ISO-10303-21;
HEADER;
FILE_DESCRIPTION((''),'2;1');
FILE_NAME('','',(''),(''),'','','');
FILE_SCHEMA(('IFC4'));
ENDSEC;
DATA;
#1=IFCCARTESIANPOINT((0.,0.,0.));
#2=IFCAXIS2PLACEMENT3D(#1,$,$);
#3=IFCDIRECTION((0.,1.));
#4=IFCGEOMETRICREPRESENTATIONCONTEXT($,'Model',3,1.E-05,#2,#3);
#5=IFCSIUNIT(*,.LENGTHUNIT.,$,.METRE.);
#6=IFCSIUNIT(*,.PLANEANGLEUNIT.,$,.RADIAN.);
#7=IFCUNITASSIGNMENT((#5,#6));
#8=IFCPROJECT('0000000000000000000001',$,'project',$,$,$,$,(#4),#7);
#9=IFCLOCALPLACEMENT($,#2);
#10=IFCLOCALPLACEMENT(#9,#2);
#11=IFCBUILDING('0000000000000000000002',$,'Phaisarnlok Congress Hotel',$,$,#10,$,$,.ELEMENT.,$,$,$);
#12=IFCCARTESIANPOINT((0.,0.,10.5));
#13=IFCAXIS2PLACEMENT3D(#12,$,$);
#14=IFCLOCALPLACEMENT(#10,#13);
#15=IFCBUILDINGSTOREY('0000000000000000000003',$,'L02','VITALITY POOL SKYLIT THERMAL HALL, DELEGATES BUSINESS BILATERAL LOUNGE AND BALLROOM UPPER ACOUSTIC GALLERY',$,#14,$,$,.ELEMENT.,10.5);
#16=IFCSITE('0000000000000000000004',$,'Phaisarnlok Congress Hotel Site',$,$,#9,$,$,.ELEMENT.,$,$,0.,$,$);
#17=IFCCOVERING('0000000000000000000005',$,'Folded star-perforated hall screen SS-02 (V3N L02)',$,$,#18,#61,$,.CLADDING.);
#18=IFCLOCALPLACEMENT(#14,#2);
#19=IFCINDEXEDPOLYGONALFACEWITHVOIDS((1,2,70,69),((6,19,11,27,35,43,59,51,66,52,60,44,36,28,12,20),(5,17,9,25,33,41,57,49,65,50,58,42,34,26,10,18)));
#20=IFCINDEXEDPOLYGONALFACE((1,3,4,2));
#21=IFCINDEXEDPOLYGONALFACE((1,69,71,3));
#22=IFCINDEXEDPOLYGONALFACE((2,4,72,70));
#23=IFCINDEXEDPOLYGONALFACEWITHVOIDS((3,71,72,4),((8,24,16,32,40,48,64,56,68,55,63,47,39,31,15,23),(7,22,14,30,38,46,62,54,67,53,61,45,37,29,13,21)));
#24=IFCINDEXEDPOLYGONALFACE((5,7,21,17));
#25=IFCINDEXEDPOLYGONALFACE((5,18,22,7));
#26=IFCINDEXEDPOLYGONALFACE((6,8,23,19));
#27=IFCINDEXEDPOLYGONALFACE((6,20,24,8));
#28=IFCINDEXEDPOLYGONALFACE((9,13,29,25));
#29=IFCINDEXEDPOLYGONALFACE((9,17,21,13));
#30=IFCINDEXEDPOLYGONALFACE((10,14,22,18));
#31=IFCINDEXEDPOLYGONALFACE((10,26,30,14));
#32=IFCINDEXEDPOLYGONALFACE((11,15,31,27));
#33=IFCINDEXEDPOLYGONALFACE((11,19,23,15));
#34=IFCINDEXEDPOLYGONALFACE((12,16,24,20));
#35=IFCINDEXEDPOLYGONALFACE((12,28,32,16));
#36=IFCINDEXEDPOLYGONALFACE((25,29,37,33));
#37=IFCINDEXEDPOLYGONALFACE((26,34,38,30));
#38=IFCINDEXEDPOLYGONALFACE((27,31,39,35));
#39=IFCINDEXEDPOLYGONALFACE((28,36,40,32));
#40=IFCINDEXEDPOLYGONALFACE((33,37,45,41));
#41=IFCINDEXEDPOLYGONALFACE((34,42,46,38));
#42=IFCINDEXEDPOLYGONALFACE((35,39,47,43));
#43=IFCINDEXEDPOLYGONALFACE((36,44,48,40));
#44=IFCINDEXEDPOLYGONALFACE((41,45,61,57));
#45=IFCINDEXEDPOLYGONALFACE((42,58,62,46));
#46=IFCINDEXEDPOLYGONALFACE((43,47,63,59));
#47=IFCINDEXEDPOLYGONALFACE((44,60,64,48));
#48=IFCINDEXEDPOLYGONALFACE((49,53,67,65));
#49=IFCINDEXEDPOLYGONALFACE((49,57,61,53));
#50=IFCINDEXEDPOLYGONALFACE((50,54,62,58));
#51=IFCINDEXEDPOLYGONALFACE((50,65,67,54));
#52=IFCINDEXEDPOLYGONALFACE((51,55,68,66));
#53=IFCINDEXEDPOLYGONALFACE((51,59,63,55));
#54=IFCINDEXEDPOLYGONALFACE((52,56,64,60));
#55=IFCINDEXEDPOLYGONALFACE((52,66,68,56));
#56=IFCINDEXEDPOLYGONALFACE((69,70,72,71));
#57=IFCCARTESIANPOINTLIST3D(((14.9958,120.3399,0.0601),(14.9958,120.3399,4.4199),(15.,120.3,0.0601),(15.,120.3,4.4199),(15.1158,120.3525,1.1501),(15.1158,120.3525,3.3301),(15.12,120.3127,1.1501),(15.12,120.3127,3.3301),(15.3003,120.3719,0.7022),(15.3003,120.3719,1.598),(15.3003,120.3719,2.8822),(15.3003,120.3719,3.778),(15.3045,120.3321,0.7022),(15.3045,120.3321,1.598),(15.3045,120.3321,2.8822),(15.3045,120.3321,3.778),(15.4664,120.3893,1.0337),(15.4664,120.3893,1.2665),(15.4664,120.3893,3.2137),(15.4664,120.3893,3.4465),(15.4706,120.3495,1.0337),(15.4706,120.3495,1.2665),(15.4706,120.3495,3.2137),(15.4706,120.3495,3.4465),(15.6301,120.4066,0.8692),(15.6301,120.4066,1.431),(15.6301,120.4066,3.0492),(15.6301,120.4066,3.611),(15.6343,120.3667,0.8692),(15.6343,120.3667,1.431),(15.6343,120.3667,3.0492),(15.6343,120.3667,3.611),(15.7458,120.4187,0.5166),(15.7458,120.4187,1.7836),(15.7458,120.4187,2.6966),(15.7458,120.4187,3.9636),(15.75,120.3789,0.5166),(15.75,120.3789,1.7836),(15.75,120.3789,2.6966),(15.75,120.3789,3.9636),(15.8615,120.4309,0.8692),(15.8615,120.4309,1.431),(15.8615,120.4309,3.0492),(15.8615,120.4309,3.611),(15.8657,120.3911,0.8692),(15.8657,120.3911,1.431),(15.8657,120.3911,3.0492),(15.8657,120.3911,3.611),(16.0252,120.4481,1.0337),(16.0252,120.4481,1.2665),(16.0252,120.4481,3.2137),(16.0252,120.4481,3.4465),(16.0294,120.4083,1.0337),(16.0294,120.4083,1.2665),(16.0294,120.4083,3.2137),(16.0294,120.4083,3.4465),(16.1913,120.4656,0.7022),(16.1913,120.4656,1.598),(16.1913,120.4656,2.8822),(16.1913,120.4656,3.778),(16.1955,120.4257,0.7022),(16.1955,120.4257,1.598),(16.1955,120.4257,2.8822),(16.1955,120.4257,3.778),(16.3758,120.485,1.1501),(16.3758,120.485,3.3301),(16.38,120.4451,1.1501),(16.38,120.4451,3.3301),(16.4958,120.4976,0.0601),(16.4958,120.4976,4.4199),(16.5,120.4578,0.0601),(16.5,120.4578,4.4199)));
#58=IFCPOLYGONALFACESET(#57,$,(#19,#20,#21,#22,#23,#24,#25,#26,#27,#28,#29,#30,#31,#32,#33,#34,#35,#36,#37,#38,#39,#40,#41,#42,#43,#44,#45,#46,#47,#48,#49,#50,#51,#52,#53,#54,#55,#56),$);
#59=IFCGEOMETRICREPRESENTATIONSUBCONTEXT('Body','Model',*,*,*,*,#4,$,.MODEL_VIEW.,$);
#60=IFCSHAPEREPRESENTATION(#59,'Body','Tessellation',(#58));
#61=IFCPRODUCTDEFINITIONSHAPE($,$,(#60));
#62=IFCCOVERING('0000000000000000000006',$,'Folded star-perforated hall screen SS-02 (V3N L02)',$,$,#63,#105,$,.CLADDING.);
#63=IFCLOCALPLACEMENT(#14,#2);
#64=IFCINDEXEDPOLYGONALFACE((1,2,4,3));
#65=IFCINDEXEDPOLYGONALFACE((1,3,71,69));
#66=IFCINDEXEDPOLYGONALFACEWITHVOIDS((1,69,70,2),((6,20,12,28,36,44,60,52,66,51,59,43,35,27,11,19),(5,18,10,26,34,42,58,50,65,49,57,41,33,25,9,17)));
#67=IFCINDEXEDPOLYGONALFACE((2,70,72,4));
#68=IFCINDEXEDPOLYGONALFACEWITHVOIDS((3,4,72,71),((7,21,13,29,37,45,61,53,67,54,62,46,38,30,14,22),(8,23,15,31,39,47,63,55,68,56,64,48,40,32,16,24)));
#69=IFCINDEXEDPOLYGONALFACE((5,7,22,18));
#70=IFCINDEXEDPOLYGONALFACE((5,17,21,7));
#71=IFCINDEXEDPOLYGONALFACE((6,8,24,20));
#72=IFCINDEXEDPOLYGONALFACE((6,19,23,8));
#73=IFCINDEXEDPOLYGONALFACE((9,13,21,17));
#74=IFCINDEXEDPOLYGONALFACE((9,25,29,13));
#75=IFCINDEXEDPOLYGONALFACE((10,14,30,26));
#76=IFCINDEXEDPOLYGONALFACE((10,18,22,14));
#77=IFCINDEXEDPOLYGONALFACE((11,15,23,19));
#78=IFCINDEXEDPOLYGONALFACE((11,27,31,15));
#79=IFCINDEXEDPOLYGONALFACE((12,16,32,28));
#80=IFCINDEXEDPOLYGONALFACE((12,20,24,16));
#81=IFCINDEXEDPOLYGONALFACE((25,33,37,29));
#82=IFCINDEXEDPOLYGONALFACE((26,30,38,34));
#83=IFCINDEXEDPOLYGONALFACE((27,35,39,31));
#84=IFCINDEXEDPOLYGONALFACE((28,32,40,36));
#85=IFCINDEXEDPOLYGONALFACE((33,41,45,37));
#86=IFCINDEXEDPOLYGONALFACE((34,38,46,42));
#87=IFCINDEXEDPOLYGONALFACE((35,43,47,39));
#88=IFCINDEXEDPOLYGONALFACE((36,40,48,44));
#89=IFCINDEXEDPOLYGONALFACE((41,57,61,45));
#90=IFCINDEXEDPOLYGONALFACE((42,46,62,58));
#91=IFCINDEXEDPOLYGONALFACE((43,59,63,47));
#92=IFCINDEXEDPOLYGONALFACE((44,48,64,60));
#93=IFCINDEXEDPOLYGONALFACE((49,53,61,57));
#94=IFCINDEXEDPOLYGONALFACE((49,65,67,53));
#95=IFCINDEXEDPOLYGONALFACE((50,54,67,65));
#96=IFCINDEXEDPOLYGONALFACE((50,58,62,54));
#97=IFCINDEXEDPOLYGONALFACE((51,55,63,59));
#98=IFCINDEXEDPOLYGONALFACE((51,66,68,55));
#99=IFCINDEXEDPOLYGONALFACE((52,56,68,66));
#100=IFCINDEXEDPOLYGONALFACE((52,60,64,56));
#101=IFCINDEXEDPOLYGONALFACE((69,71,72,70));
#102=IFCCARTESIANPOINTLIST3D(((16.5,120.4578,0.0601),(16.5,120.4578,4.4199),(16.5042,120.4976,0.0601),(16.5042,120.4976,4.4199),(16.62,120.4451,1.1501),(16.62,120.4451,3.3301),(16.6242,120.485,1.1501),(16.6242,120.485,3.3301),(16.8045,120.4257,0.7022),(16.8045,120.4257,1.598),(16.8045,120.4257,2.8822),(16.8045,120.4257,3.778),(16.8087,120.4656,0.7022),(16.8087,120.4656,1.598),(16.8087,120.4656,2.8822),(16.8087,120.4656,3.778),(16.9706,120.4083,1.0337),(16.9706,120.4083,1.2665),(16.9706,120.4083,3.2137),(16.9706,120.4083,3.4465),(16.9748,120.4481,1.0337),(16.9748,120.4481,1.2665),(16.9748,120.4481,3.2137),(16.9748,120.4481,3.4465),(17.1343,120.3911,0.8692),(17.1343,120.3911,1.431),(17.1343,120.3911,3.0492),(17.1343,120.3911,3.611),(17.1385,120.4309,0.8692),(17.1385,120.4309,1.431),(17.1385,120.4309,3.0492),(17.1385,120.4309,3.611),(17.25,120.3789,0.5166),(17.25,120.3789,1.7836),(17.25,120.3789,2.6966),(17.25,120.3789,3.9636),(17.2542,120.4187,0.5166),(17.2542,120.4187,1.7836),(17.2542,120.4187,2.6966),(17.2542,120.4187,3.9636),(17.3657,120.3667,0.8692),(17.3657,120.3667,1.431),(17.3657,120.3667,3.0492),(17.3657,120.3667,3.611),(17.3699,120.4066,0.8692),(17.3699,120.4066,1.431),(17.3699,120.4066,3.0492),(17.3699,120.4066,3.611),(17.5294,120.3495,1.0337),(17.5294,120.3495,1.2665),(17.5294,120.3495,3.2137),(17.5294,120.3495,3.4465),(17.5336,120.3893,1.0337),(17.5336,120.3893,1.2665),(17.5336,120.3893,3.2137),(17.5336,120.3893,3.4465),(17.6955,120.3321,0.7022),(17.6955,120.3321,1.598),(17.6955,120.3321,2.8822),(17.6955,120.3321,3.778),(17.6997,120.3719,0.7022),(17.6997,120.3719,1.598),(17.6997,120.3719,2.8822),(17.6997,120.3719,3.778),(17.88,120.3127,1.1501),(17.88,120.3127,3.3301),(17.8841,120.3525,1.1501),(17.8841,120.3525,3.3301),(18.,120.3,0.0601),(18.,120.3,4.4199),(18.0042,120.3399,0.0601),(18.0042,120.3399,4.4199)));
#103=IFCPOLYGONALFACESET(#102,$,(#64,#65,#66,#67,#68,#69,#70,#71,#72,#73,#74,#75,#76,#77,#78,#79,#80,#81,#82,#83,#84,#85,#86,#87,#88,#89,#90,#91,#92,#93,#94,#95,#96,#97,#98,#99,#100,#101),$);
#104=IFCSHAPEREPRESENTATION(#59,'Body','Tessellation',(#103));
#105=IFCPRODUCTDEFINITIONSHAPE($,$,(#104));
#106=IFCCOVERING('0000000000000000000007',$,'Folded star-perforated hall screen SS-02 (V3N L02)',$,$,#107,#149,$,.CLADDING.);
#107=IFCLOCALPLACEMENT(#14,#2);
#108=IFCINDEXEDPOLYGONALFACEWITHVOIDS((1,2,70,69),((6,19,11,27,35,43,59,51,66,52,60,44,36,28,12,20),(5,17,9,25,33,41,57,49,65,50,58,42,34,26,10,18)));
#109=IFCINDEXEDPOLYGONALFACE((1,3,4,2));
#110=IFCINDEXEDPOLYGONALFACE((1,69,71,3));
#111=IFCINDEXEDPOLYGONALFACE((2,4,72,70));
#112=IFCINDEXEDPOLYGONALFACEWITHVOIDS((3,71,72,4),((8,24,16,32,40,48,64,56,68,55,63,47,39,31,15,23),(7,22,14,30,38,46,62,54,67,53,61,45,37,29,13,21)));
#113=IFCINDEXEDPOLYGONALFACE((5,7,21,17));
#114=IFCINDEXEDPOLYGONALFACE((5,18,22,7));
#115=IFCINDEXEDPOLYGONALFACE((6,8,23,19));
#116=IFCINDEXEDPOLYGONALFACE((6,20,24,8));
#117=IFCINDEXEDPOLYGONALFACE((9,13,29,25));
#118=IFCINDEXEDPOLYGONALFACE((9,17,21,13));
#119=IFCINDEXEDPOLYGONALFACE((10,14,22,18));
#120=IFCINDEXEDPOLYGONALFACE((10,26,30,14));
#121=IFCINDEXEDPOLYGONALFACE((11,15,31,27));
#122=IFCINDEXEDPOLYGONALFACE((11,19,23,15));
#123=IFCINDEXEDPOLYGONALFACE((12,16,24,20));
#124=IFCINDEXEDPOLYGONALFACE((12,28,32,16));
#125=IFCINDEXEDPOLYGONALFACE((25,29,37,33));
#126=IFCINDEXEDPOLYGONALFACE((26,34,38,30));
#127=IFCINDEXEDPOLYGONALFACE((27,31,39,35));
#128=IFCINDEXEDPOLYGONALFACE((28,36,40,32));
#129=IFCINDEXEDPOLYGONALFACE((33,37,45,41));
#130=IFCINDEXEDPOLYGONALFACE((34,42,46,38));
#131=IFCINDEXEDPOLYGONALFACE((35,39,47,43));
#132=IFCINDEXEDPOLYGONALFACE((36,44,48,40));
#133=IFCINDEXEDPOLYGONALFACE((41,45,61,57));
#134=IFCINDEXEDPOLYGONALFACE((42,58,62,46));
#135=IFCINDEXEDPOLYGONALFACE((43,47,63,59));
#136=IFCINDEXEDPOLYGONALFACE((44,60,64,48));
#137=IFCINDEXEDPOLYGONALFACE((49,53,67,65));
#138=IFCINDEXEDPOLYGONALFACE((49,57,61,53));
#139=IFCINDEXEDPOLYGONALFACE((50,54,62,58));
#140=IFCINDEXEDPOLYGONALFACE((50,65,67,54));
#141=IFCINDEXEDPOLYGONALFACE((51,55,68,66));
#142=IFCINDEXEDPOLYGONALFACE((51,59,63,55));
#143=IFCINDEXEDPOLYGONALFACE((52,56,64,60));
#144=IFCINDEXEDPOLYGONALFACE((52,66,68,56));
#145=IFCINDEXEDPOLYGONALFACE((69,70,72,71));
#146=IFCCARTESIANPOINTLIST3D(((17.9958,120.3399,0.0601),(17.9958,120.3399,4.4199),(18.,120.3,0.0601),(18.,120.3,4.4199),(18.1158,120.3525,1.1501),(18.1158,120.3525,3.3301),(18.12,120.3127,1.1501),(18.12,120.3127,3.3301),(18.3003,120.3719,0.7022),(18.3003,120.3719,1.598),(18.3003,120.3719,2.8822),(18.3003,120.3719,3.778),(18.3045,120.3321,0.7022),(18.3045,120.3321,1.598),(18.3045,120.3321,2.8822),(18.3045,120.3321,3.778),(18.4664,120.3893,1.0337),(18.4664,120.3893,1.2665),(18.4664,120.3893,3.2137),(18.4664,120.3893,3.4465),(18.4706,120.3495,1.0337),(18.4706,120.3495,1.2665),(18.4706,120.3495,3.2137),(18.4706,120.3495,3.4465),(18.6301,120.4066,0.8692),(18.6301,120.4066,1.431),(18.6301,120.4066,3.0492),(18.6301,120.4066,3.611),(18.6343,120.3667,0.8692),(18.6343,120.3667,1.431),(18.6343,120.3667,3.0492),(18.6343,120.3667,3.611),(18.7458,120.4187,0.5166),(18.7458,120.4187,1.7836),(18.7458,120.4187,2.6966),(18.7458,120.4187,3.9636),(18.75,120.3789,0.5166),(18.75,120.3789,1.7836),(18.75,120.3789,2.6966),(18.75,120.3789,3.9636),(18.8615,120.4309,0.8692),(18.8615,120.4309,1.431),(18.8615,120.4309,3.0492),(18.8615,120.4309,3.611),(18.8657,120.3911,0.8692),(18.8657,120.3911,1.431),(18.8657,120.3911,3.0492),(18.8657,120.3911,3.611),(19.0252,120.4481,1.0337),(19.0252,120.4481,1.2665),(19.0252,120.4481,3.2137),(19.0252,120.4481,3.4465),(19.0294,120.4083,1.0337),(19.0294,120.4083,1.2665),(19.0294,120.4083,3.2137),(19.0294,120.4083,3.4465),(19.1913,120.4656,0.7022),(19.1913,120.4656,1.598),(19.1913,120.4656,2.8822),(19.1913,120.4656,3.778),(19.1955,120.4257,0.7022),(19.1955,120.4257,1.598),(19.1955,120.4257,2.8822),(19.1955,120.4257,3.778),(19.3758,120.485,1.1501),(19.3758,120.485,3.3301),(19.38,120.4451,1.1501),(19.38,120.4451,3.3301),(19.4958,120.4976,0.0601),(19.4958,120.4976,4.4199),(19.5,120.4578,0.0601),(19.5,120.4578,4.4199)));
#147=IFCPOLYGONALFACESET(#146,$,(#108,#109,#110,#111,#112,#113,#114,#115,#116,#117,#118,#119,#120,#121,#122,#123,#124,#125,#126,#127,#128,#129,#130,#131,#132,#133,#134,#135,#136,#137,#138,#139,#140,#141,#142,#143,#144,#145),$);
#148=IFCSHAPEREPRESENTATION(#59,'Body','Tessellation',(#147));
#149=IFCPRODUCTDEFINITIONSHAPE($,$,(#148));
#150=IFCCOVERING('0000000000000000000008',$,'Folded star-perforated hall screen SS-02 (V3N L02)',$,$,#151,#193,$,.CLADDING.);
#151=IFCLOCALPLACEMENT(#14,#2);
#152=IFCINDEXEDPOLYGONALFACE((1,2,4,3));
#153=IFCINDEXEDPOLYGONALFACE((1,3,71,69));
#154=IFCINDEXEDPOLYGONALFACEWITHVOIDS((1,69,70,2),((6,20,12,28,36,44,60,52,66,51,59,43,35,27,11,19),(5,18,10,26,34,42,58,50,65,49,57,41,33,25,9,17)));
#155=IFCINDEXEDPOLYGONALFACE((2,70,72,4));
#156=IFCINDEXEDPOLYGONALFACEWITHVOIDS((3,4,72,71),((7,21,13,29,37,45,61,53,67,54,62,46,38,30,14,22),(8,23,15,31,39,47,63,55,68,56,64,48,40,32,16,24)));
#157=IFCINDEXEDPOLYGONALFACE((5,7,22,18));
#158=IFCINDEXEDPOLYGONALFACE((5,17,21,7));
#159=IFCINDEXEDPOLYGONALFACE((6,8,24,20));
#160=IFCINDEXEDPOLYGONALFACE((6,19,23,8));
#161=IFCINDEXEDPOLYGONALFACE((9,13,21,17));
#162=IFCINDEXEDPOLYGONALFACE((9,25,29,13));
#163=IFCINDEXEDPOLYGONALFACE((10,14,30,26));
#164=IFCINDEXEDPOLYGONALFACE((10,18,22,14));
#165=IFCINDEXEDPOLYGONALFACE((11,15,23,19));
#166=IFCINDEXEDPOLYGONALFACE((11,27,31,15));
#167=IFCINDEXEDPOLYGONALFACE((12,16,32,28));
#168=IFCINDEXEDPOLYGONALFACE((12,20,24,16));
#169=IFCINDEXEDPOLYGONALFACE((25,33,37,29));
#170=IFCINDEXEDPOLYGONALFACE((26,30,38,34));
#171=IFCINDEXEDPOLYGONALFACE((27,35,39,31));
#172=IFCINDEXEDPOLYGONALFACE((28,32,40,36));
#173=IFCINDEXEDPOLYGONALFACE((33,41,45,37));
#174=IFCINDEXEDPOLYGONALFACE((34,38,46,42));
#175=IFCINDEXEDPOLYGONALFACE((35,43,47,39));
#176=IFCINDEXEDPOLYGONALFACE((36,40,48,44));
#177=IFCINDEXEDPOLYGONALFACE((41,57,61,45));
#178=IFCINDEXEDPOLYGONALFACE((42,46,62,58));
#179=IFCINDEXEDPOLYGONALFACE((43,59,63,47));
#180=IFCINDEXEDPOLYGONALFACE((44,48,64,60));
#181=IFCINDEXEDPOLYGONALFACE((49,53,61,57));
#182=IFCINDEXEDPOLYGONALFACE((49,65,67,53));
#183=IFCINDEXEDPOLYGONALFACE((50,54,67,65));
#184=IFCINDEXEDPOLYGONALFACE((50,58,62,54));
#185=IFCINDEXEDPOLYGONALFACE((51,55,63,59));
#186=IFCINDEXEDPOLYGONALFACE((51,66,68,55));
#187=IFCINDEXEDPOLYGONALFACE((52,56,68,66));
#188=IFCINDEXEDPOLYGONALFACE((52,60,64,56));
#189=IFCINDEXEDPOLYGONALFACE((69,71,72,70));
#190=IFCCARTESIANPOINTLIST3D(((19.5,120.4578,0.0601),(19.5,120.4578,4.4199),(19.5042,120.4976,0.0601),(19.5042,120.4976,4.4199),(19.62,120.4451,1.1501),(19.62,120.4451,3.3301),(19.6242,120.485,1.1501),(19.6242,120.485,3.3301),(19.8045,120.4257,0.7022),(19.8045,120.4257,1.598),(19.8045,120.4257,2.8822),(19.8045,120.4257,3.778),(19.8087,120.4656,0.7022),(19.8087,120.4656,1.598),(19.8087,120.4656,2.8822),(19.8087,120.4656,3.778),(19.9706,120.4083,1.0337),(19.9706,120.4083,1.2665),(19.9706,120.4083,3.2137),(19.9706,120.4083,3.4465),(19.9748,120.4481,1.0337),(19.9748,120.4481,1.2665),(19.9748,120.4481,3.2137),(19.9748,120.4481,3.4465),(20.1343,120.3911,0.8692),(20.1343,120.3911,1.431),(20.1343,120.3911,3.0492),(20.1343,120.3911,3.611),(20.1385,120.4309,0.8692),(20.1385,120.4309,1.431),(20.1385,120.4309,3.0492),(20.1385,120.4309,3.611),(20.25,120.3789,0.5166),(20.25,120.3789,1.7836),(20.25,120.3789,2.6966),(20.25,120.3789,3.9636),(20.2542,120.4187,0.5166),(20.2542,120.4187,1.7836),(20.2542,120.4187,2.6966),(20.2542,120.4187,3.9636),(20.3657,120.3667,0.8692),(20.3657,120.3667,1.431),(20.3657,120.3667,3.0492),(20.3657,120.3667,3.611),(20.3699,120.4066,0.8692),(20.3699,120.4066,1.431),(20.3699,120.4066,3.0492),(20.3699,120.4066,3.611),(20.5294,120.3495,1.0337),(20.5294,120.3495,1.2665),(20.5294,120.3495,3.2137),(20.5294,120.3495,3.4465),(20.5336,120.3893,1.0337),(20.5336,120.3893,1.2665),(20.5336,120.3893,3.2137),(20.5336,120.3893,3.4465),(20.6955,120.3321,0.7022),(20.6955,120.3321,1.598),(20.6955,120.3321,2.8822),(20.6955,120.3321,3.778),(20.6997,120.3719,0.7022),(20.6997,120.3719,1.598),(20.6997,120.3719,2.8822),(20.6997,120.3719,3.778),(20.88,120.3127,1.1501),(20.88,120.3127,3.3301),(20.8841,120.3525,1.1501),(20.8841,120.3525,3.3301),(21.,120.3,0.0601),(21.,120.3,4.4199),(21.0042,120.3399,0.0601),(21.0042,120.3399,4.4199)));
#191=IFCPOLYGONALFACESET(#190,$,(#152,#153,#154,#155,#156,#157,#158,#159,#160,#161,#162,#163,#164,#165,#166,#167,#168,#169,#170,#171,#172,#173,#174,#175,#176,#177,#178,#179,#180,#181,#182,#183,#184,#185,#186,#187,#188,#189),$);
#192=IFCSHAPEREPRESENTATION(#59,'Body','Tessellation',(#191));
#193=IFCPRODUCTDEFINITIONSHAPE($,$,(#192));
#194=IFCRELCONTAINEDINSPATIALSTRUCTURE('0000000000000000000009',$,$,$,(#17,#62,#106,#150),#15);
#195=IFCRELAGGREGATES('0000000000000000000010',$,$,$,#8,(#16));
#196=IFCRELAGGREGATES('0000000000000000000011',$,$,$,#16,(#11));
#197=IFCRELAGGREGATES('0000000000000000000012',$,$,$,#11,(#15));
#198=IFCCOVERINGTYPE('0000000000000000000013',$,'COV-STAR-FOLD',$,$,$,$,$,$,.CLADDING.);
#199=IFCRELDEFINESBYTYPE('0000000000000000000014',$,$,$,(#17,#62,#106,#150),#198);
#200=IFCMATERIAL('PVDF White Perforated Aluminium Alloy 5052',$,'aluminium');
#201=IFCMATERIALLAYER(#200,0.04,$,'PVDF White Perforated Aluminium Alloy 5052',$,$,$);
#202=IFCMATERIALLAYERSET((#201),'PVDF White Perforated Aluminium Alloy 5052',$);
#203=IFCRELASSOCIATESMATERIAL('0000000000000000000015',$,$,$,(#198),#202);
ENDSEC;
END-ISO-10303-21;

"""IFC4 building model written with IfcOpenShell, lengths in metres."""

from ifc_helpers import new_model, si_unit, direction, frame, origin, place, context, subcontext, project, spatial, polyline, outline, extrude, material, layer, layer_set, type_object, element, save


model = new_model("IFC4")

# Units and contexts
model_context = context("Model", 3, precision=1e-05, world=origin(), true_north=direction((0.0, 1.0)))
body_context = subcontext(model_context, "Body", "Model", "MODEL_VIEW")
ifc_project = project(units=[si_unit("LENGTHUNIT", "METRE"), si_unit("PLANEANGLEUNIT", "RADIAN")], contexts=[model_context])

# Site, building, storey
site_placement = place(None, origin())
site = spatial("IfcSite", under=ifc_project, at=site_placement, Name="Phaisarnlok Congress Hotel Site", CompositionType="ELEMENT", RefElevation=0.0)
building_placement = place(site_placement, origin())
building = spatial("IfcBuilding", under=site, at=building_placement, Name="Phaisarnlok Congress Hotel", CompositionType="ELEMENT")
storey_placement = place(building_placement, frame((0.0, 0.0, 10.5)))
storey = spatial("IfcBuildingStorey", under=building, at=storey_placement, Name="L02", Description="VITALITY POOL SKYLIT THERMAL HALL, DELEGATES BUSINESS BILATERAL LOUNGE AND BALLROOM UPPER ACOUSTIC GALLERY", CompositionType="ELEMENT", Elevation=10.5)

# Coverings
ifc_material_1 = material(Name="PVDF White Perforated Aluminium Alloy 5052", Category="aluminium")
ifc_layer_1 = layer(ifc_material_1, 0.04, Name="PVDF White Perforated Aluminium Alloy 5052")
ifc_layer_set_1 = layer_set([ifc_layer_1], Name="PVDF White Perforated Aluminium Alloy 5052")
covering_type = type_object("IfcCoveringType", Name="COV-STAR-FOLD", PredefinedType="CLADDING", material=ifc_layer_set_1)
for number, where, z_axis, x_axis, name in (
    (1, (16.5, 120.4578, 0.0601), (-0.104567, 0.994518, 0.0), (-0.994518, -0.104567, 0.0), "Folded star-perforated hall screen SS-02 (V3N L02)"),
    (2, (18.0, 120.3, 0.0601), (0.104567, 0.994518, 0.0), (-0.994518, 0.104567, 0.0), "Folded star-perforated hall screen SS-02 (V3N L02)"),
    (3, (19.5, 120.4578, 0.0601), (-0.104567, 0.994518, 0.0), (-0.994518, -0.104567, 0.0), "Folded star-perforated hall screen SS-02 (V3N L02)"),
    (4, (21.0, 120.3, 0.0601), (0.104567, 0.994518, 0.0), (-0.994518, 0.104567, 0.0), "Folded star-perforated hall screen SS-02 (V3N L02)"),
):
    element("IfcCovering", number, at=place(storey_placement, frame(where, z_axis=z_axis, x_axis=x_axis)), inside=storey, type_object=covering_type, Name=name, PredefinedType="CLADDING", context=body_context, shape_type="SweptSolid", body=[
        extrude(outline(polyline([(0.0, 0.0), (1.5083, 0.0), (1.5083, 4.3599), (0.0, 4.3599), (0.0, 0.0)]), holes=[polyline([(1.0351, 0.9736), (1.2021, 0.6421), (0.8705, 0.8091), (0.7541, 0.4565), (0.6378, 0.8091), (0.3062, 0.6421), (0.4732, 0.9736), (0.1207, 1.09), (0.4732, 1.2064), (0.3062, 1.5379), (0.6378, 1.3709), (0.7541, 1.7235), (0.8705, 1.3709), (1.2021, 1.5379), (1.0351, 1.2064), (1.3876, 1.09), (1.0351, 0.9736)]), polyline([(1.0351, 3.1536), (1.2021, 2.8221), (0.8705, 2.9891), (0.7541, 2.6365), (0.6378, 2.9891), (0.3062, 2.8221), (0.4732, 3.1536), (0.1207, 3.27), (0.4732, 3.3864), (0.3062, 3.7179), (0.6378, 3.5509), (0.7541, 3.9035), (0.8705, 3.5509), (1.2021, 3.7179), (1.0351, 3.3864), (1.3876, 3.27), (1.0351, 3.1536)])]), origin(), (0.0, 0.0, 1.0), 0.04),
    ])

save(model, "model.ifc")
